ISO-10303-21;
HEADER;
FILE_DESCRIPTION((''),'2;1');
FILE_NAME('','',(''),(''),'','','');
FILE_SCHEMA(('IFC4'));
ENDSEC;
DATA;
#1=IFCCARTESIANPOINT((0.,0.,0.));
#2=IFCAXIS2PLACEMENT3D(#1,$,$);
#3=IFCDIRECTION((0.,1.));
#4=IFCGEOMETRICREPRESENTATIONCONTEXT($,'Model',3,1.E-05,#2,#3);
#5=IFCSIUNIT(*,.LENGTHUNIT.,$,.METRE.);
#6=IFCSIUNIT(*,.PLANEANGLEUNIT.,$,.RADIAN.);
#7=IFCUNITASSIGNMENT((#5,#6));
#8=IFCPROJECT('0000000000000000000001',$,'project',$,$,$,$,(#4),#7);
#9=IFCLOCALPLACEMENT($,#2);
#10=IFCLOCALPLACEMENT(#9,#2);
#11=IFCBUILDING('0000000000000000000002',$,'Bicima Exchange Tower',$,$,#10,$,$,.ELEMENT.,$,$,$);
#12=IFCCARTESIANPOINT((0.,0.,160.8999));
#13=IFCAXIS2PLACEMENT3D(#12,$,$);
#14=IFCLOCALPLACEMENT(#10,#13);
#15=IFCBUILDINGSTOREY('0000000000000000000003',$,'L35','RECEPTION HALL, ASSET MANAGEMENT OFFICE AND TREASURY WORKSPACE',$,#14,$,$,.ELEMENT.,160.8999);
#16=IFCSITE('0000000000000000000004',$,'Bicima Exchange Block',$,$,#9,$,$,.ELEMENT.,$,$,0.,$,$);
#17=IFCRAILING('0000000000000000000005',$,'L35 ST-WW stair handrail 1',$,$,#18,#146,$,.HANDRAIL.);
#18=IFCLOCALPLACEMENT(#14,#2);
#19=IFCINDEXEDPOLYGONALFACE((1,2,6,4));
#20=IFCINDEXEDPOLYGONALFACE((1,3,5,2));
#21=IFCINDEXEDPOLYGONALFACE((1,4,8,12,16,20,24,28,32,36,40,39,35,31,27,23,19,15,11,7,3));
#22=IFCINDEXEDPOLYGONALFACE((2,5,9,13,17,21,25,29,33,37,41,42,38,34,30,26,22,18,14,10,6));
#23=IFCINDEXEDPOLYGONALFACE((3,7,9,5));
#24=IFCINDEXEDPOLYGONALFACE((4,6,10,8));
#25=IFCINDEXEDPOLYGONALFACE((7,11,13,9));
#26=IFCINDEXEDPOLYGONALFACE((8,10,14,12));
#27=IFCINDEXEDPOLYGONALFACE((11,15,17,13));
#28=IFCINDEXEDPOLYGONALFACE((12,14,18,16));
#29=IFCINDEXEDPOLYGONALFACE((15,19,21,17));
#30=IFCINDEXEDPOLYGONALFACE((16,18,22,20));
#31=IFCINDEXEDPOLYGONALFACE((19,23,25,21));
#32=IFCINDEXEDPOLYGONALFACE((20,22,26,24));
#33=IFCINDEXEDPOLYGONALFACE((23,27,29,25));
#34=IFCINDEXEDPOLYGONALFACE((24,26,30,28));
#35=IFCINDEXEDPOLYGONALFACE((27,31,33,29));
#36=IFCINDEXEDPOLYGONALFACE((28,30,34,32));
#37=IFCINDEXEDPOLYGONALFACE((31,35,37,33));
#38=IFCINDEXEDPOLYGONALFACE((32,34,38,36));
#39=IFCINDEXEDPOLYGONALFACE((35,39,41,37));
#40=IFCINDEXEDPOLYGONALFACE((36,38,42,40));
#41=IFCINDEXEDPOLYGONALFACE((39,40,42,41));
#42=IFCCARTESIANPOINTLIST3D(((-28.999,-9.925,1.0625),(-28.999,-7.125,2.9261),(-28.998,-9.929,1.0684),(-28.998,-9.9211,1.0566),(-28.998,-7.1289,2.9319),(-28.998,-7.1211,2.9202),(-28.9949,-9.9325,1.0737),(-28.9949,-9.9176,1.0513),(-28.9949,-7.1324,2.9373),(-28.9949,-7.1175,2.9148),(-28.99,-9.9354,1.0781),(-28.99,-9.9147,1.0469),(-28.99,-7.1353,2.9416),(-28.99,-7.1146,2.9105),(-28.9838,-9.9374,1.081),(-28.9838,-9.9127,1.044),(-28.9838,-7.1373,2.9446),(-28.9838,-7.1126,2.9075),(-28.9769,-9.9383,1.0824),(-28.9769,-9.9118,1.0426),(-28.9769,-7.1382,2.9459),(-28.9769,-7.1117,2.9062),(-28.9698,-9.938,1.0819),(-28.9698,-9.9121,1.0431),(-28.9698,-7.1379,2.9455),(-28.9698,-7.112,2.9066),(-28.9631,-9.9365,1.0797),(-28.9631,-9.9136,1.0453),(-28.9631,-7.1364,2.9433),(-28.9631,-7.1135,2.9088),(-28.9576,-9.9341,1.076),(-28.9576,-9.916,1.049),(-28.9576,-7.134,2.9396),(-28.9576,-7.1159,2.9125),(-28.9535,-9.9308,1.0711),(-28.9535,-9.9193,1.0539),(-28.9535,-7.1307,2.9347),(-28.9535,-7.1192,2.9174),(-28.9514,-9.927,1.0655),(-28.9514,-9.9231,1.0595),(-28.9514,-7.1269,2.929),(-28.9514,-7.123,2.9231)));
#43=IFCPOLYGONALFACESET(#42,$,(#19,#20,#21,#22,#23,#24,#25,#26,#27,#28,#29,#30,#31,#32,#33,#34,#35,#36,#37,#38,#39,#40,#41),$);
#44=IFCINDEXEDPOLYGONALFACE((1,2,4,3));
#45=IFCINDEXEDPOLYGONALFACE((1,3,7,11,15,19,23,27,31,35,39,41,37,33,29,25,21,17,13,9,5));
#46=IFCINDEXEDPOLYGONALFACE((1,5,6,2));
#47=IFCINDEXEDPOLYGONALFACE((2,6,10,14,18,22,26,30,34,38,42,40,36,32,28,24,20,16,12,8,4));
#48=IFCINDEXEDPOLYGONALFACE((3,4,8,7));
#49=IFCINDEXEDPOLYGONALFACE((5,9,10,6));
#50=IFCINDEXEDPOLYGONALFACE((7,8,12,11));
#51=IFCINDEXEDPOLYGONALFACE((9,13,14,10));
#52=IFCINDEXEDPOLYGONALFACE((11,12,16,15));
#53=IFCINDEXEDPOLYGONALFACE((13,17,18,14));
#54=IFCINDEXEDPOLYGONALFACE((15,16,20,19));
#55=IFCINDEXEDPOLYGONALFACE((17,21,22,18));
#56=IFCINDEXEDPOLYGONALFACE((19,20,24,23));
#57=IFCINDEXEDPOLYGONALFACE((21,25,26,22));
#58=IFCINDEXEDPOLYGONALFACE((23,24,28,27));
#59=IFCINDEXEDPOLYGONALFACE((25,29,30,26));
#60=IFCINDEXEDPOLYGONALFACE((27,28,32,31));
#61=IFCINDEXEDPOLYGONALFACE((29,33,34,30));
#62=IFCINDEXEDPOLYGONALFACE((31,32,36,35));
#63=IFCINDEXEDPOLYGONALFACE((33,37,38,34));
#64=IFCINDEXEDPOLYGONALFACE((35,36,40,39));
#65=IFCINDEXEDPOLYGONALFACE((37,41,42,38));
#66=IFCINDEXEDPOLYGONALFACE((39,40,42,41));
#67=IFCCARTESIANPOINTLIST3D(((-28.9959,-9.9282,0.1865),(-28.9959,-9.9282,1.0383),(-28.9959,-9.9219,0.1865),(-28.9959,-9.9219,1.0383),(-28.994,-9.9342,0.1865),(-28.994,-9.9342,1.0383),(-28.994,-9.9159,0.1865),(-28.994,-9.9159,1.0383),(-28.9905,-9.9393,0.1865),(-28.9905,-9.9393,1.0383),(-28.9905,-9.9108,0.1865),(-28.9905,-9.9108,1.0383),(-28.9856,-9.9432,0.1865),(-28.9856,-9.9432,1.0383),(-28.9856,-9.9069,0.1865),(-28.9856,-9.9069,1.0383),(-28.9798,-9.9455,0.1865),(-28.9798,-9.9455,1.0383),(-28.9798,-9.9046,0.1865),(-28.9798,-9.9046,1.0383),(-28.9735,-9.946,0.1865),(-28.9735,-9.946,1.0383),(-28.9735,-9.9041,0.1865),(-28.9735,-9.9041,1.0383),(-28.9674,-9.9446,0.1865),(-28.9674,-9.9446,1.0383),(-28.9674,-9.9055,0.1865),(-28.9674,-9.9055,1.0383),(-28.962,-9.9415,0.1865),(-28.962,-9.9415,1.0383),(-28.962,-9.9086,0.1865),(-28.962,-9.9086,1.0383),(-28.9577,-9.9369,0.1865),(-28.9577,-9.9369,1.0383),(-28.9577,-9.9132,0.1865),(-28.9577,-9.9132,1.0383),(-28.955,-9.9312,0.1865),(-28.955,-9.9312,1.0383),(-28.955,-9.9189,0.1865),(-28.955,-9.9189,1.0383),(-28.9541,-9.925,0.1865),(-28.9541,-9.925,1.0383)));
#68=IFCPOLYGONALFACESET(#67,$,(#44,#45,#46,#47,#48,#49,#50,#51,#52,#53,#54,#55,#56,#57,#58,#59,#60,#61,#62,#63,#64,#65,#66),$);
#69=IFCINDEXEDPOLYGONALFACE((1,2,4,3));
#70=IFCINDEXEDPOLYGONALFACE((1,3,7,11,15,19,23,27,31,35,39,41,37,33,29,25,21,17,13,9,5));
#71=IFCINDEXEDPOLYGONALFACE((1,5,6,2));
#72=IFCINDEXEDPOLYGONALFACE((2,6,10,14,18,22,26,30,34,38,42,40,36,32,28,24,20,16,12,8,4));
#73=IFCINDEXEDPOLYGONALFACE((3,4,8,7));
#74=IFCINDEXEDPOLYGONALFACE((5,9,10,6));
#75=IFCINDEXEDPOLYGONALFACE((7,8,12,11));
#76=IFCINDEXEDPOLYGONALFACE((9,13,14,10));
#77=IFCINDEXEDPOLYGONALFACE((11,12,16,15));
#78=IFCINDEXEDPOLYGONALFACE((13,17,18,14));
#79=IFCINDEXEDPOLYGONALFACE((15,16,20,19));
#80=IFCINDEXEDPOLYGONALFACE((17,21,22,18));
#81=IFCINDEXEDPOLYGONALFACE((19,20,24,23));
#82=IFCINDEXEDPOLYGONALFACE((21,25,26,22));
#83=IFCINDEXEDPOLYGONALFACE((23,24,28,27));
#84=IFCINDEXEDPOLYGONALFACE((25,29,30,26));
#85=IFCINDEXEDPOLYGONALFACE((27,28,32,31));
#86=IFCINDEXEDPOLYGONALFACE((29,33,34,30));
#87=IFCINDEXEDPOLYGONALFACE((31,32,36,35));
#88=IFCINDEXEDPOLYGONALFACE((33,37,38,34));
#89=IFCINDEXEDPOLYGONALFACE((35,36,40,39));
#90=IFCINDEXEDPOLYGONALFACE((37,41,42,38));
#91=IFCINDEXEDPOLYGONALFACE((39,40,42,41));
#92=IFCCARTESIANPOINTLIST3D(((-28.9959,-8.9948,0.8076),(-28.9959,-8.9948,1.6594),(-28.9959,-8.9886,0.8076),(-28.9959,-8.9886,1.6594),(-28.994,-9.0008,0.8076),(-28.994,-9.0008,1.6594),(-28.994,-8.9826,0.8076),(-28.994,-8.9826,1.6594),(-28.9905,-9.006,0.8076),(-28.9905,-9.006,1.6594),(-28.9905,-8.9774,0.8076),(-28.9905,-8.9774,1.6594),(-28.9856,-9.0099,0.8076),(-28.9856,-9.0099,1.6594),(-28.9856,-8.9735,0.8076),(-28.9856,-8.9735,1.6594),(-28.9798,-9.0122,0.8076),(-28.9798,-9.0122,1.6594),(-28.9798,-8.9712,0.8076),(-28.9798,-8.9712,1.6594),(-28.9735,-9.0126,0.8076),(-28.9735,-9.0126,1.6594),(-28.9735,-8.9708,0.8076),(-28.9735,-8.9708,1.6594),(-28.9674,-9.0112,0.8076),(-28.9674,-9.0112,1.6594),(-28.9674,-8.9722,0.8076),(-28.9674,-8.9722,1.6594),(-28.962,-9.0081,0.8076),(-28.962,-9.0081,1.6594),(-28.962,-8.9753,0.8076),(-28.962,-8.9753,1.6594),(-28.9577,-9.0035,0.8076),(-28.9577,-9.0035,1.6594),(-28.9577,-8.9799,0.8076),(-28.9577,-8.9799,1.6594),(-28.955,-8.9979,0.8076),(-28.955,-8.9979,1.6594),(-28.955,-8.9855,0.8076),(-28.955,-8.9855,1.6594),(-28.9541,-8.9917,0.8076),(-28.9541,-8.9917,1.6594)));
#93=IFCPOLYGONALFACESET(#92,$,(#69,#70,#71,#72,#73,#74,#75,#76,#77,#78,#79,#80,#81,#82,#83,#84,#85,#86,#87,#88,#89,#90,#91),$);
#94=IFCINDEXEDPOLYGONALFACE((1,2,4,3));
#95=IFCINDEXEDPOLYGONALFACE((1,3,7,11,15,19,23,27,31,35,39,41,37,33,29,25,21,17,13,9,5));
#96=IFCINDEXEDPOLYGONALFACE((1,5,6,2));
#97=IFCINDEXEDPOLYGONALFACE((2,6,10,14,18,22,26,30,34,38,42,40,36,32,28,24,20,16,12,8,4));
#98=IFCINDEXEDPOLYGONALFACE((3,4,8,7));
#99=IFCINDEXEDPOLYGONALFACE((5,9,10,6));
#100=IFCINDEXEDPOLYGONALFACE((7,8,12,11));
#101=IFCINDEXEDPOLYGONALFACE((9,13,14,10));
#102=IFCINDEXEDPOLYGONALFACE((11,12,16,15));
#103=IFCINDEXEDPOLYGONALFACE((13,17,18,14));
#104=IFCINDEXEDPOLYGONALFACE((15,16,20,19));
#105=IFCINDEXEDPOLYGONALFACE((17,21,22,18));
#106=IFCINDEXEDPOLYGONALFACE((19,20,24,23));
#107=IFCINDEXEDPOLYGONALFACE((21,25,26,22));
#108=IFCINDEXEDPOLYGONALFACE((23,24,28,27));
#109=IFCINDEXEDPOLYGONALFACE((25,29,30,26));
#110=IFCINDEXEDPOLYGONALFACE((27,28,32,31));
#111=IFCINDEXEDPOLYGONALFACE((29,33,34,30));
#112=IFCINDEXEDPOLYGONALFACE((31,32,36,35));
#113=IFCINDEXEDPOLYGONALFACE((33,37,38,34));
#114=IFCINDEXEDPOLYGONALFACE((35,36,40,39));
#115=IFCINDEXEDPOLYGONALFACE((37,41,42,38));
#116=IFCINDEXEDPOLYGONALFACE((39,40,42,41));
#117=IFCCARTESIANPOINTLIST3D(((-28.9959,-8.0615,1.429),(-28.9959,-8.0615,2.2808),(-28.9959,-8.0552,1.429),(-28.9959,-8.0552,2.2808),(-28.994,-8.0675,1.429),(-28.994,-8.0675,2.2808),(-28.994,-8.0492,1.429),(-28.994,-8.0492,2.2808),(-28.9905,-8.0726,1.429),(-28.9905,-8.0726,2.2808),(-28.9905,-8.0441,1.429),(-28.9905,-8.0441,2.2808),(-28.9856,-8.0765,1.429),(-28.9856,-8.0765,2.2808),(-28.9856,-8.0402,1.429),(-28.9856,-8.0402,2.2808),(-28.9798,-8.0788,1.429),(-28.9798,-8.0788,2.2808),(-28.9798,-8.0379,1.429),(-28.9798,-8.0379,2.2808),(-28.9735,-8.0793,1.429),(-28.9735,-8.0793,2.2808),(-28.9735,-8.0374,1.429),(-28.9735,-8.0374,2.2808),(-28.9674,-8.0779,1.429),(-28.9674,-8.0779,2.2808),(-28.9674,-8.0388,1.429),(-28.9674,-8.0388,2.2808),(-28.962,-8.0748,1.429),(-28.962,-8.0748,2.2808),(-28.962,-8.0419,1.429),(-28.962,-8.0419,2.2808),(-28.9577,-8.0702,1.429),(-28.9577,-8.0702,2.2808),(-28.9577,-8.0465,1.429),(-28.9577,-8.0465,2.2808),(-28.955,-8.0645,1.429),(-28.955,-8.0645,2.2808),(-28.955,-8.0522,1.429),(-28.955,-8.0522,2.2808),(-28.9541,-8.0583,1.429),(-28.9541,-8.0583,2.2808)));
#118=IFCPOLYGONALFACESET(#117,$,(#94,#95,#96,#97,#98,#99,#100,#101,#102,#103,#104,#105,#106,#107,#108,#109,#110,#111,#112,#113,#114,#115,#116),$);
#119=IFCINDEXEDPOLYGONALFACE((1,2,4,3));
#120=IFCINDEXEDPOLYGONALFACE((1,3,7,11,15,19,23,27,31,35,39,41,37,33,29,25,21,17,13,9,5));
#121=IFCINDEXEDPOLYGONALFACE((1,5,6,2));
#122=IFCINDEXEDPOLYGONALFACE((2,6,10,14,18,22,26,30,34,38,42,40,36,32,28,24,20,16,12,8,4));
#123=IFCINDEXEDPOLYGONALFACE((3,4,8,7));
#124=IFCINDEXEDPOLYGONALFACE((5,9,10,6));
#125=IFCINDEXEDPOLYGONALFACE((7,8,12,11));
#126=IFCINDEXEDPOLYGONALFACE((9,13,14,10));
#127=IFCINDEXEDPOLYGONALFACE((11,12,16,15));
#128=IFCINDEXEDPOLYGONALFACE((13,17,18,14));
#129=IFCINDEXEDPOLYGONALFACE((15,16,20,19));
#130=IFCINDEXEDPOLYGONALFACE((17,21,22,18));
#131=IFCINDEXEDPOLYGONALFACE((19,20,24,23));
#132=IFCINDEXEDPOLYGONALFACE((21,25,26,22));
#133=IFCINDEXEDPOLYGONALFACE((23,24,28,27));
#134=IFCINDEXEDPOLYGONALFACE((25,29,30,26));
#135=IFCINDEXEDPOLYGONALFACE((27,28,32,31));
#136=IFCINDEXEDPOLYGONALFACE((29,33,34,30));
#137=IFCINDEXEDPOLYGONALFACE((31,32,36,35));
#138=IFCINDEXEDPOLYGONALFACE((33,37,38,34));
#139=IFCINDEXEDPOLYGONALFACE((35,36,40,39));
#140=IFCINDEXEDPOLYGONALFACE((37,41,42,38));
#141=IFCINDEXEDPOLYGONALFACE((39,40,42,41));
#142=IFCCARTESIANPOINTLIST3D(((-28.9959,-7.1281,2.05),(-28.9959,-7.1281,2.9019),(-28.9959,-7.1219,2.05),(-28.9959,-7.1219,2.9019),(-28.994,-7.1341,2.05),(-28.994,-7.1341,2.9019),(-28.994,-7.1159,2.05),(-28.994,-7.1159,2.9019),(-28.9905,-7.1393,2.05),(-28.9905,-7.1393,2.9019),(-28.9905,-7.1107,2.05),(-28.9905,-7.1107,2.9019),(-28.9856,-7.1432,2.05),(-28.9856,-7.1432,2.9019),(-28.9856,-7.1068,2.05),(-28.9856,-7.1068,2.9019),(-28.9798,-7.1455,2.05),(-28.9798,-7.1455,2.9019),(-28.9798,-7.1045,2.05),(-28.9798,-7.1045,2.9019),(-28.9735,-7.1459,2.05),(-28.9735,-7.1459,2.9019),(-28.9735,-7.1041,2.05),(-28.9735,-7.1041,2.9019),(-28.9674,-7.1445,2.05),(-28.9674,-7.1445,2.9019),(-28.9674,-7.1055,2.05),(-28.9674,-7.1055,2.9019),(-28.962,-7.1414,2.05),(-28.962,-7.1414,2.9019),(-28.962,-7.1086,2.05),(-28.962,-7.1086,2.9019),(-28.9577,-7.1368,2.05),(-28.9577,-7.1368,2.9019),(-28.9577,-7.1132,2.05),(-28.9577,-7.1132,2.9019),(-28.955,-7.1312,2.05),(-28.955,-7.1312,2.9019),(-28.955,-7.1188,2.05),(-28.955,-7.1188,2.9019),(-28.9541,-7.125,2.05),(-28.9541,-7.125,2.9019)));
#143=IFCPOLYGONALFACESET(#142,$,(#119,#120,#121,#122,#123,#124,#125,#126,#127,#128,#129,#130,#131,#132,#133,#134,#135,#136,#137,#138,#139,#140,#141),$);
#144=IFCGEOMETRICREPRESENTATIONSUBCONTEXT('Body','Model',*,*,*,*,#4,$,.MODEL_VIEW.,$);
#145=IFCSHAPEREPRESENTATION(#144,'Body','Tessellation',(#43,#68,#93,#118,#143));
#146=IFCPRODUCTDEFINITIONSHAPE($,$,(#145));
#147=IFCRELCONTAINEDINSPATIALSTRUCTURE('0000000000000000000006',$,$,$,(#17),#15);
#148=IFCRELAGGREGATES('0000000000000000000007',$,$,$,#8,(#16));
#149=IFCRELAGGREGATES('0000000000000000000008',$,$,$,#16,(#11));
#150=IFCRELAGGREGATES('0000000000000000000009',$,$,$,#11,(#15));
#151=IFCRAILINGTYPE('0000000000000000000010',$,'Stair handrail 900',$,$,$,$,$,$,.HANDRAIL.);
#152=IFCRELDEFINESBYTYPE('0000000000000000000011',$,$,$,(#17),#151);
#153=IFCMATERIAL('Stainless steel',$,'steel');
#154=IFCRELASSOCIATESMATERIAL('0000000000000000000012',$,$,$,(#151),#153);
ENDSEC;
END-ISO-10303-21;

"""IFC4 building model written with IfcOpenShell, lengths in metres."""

from ifc_helpers import new_model, si_unit, direction, frame, origin, origin_2d, place, context, subcontext, project, spatial, circle, extrude, material, type_object, element, save


model = new_model("IFC4")

# Units and contexts
model_context = context("Model", 3, precision=1e-05, world=origin(), true_north=direction((0.0, 1.0)))
body_context = subcontext(model_context, "Body", "Model", "MODEL_VIEW")
ifc_project = project(units=[si_unit("LENGTHUNIT", "METRE"), si_unit("PLANEANGLEUNIT", "RADIAN")], contexts=[model_context])

# Site, building, storey
site_placement = place(None, origin())
site = spatial("IfcSite", under=ifc_project, at=site_placement, Name="Bicima Exchange Block", CompositionType="ELEMENT", RefElevation=0.0)
building_placement = place(site_placement, origin())
building = spatial("IfcBuilding", under=site, at=building_placement, Name="Bicima Exchange Tower", CompositionType="ELEMENT")
storey_placement = place(building_placement, frame((0.0, 0.0, 160.8999)))
storey = spatial("IfcBuildingStorey", under=building, at=storey_placement, Name="L35", Description="RECEPTION HALL, ASSET MANAGEMENT OFFICE AND TREASURY WORKSPACE", CompositionType="ELEMENT", Elevation=160.8999)

# Railing
ifc_material_1 = material(Name="Stainless steel", Category="steel")
railing_type_1 = type_object("IfcRailingType", Name="Stair handrail 900", PredefinedType="HANDRAIL", material=ifc_material_1)
railing_1_placement = place(storey_placement, frame((-28.9751, -9.925, 0.1865)))
element("IfcRailing", 1, at=railing_1_placement, inside=storey, type_object=railing_type_1, Name="L35 ST-WW stair handrail 1", PredefinedType="HANDRAIL", context=body_context, shape_type="SweptSolid", body=[
    extrude(circle(Radius=0.0239, at=origin_2d()), frame((0.0, 0.0, 0.876), z_axis=(0.0, 0.832486, 0.554047), x_axis=(-1.0, 0.0, 0.0)), (0.0, 0.0, 1.0), 3.3635),
    extrude(circle(Radius=0.021, at=origin_2d()), origin(), (0.0, 0.0, 1.0), 0.8518),
    extrude(circle(Radius=0.021, at=origin_2d()), frame((0.0, 0.9333, 0.6211)), (0.0, 0.0, 1.0), 0.8518),
    extrude(circle(Radius=0.021, at=origin_2d()), frame((0.0, 1.8667, 1.2424)), (0.0, 0.0, 1.0), 0.8518),
    extrude(circle(Radius=0.021, at=origin_2d()), frame((0.0, 2.8, 1.8635)), (0.0, 0.0, 1.0), 0.8518),
])

save(model, "model.ifc")
